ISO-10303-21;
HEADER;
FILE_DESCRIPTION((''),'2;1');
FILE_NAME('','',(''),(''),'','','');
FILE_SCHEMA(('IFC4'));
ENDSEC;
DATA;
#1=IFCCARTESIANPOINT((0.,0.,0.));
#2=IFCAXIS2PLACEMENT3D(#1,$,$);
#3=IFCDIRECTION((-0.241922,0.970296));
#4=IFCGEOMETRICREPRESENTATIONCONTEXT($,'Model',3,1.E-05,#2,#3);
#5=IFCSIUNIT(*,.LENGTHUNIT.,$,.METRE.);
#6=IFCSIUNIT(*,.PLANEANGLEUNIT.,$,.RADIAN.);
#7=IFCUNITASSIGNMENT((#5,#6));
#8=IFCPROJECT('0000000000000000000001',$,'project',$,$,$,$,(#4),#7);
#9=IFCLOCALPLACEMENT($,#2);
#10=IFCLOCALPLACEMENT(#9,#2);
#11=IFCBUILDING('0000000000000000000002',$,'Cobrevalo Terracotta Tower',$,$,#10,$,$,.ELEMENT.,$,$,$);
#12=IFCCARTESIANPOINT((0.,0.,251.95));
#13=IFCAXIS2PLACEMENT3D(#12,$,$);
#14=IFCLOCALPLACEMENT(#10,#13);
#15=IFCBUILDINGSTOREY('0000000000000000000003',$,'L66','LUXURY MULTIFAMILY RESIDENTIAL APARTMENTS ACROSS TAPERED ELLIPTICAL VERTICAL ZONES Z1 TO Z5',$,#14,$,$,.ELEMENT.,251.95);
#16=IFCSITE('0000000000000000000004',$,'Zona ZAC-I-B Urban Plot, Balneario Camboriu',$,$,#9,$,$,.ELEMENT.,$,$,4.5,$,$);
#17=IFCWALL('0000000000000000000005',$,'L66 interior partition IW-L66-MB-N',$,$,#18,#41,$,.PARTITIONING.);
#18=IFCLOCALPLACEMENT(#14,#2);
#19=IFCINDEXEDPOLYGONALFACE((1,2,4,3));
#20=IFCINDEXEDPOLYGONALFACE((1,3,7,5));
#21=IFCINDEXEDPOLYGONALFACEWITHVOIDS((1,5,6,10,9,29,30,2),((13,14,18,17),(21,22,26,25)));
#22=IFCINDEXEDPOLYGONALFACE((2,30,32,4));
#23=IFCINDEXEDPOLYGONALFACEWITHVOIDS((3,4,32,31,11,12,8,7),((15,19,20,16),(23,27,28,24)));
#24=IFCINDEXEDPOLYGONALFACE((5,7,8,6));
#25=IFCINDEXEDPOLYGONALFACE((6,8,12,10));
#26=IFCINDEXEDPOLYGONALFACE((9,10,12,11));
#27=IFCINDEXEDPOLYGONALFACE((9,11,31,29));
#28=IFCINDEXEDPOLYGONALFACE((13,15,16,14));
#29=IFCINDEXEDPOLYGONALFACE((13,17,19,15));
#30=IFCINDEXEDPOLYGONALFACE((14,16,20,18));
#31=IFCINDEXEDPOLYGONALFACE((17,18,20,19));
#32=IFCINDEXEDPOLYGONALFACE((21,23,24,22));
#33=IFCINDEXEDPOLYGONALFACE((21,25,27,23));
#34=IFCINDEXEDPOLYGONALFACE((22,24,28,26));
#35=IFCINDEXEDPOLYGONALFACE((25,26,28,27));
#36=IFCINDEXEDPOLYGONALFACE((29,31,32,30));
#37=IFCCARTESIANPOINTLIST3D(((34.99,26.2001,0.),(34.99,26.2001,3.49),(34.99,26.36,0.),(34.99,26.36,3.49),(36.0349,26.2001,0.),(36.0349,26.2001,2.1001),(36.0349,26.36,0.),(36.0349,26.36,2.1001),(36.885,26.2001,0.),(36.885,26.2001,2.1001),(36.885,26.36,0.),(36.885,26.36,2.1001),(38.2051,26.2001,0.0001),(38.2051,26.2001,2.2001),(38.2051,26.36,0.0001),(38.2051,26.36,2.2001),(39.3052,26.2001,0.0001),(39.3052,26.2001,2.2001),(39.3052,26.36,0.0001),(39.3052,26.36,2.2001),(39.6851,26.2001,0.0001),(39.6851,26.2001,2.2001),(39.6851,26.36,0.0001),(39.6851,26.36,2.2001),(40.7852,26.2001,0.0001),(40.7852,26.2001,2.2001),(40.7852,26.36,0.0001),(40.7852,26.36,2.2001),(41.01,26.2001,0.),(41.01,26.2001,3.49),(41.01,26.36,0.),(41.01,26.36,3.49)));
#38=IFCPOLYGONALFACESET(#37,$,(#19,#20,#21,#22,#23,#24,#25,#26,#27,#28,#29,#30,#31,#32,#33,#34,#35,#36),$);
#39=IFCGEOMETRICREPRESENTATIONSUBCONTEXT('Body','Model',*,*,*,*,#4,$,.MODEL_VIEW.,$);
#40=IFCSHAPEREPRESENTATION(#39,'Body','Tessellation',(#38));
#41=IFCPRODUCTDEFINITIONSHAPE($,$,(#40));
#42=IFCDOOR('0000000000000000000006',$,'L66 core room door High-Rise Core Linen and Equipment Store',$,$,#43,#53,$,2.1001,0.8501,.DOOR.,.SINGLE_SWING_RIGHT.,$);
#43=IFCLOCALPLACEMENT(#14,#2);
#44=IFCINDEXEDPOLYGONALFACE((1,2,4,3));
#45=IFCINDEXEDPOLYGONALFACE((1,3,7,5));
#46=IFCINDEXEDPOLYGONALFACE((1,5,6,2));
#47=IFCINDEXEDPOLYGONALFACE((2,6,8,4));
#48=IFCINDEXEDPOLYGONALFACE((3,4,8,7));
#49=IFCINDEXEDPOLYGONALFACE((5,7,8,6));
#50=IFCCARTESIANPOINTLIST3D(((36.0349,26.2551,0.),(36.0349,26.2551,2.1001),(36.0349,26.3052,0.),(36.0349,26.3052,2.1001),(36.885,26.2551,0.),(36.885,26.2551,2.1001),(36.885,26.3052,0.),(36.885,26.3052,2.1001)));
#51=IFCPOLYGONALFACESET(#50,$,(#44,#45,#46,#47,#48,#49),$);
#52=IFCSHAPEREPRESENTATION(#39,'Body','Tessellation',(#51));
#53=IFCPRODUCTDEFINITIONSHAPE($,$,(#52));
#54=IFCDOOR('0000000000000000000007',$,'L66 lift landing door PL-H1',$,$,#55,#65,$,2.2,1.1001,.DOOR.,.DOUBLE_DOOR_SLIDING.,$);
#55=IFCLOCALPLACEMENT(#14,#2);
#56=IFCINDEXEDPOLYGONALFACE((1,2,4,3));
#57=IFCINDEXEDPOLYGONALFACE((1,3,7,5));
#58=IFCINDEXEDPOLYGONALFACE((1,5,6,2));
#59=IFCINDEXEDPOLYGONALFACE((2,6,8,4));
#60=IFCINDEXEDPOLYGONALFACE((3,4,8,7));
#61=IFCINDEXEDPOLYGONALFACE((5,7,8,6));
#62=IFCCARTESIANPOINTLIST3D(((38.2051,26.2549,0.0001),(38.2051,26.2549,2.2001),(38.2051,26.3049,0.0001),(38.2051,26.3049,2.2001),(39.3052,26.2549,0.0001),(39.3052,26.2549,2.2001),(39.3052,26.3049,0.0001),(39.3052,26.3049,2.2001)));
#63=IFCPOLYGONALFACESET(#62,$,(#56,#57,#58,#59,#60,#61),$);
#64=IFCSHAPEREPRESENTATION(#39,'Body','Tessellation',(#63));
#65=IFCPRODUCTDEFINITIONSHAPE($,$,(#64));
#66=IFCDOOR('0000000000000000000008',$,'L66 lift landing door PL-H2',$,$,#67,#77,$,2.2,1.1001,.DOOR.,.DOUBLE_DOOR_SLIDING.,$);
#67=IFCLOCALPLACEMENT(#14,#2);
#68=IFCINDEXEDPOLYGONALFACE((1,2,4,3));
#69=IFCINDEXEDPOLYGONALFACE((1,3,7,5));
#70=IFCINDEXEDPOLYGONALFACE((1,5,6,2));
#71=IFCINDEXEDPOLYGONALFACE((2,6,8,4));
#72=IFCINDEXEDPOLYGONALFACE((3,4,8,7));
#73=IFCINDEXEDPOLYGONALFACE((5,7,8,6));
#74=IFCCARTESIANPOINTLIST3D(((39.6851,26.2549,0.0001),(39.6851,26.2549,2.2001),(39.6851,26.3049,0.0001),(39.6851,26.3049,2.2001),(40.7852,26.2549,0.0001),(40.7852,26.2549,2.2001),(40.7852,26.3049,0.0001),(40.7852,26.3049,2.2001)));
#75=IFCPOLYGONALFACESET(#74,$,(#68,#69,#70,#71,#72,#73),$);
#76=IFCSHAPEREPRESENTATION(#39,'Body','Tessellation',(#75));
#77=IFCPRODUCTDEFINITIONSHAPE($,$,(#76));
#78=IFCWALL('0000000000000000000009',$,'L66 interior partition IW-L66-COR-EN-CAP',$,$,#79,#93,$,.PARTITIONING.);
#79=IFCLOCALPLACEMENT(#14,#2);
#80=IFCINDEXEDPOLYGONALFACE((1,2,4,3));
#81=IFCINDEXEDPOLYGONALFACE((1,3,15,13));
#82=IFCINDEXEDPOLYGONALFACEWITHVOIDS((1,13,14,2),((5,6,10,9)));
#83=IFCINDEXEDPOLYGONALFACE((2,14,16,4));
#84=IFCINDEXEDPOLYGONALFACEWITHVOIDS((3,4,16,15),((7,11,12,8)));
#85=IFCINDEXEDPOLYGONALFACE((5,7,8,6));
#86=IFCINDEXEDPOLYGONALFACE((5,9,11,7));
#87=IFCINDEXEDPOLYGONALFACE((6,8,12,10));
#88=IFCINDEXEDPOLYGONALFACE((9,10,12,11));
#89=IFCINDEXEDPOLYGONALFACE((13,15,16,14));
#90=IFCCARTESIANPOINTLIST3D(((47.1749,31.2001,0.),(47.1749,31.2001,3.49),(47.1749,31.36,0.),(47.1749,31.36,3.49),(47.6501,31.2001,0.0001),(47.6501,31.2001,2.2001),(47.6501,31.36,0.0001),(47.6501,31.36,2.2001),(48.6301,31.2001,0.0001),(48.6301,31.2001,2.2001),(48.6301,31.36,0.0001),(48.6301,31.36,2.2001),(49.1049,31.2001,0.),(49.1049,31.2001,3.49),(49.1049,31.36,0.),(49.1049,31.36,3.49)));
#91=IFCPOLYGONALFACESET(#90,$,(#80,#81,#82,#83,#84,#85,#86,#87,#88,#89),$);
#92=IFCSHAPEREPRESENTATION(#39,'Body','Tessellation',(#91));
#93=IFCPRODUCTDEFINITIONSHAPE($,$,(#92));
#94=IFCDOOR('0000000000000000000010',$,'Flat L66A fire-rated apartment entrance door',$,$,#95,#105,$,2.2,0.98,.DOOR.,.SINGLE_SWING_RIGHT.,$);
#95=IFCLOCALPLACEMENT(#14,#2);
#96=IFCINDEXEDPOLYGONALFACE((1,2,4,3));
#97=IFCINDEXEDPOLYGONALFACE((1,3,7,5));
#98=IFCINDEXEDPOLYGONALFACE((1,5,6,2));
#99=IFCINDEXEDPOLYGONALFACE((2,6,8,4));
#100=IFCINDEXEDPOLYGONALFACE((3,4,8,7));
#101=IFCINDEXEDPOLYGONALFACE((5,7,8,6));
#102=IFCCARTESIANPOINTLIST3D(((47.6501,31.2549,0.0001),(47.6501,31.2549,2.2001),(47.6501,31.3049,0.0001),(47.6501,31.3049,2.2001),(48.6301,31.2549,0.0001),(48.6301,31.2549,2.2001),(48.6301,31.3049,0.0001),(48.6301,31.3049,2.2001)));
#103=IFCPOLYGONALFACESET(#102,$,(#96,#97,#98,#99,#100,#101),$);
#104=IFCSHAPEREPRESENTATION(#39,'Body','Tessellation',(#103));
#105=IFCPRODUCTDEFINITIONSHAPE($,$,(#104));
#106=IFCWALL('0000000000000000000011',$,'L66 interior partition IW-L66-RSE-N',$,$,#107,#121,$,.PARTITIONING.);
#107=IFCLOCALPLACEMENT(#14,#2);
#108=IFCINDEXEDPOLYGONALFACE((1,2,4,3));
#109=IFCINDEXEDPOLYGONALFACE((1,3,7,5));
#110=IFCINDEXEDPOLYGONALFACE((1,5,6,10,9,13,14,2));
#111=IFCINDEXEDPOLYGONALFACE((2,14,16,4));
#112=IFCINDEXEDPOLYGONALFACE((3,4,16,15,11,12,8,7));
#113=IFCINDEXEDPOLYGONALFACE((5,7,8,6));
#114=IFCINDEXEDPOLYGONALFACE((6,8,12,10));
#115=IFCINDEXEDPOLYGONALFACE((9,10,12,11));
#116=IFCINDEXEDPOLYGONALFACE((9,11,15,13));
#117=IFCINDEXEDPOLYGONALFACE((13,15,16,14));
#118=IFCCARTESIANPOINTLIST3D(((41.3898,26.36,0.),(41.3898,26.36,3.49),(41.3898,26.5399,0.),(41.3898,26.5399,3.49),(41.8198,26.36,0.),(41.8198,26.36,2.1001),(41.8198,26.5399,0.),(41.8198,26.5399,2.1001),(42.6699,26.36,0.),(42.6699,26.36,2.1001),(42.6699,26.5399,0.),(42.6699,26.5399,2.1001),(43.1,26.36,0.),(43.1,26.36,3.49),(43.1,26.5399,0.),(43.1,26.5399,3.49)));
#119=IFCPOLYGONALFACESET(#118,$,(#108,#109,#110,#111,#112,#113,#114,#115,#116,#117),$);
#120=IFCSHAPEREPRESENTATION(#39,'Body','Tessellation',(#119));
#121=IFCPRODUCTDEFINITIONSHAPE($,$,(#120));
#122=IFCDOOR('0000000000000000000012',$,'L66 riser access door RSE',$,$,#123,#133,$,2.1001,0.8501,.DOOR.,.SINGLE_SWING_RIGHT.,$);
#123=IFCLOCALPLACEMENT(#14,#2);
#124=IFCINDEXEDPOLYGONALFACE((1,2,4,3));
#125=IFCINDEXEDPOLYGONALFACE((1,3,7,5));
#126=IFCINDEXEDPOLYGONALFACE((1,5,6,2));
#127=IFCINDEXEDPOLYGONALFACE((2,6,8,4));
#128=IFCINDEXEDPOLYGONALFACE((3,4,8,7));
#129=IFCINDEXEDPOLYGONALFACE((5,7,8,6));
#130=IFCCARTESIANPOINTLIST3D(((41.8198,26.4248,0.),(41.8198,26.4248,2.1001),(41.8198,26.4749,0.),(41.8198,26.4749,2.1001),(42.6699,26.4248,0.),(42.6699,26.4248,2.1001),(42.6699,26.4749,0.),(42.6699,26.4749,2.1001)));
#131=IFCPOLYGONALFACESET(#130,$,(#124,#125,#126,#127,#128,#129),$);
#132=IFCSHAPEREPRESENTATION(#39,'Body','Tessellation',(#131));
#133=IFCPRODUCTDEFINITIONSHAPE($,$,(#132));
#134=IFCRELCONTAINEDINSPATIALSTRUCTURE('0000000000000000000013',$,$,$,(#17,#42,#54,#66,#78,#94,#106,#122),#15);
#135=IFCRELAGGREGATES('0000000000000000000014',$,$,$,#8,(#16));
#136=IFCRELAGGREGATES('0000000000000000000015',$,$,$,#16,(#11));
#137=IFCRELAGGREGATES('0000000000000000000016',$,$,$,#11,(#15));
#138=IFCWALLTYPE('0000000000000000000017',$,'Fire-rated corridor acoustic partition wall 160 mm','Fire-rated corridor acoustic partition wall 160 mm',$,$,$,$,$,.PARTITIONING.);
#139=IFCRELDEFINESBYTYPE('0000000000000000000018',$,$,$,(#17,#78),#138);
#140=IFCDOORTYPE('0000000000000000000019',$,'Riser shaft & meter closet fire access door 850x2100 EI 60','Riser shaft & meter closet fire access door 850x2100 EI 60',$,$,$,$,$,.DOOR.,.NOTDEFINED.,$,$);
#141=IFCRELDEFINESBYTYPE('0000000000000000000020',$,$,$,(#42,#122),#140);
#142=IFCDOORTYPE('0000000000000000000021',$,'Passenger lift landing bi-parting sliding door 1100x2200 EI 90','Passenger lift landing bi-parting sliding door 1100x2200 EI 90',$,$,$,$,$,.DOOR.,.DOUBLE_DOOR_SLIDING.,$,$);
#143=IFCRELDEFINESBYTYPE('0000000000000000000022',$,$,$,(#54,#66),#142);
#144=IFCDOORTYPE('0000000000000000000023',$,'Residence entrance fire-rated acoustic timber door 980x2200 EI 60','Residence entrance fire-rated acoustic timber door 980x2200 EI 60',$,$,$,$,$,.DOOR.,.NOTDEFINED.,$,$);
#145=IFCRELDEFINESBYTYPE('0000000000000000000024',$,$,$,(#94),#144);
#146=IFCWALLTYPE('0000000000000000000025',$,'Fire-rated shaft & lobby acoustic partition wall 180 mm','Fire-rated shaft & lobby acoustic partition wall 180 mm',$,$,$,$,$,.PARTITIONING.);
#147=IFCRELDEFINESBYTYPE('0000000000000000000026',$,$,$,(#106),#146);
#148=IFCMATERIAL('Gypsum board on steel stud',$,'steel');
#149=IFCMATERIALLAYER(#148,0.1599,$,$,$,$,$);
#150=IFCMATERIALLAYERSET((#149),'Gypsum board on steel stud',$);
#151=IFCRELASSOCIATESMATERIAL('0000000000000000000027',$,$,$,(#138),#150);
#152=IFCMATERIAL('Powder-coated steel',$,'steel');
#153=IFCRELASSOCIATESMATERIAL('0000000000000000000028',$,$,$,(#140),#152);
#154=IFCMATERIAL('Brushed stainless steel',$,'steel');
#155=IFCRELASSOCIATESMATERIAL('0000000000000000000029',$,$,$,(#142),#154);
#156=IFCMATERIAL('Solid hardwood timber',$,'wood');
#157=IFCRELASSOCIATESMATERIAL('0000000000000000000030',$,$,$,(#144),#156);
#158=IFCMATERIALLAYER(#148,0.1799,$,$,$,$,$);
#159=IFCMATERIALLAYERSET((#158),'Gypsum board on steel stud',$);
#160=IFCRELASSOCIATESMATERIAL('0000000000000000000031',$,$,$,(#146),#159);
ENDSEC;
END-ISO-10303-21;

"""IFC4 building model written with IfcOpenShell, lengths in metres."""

from ifc_helpers import new_model, si_unit, direction, frame, frame_2d, origin, place, context, subcontext, project, spatial, rectangle, extrude, source, transform, mapped, material, layer, layer_set, type_object, element, fill, save


model = new_model("IFC4")

# Units and contexts
model_context = context("Model", 3, precision=1e-05, world=origin(), true_north=direction((-0.241922, 0.970296)))
body_context = subcontext(model_context, "Body", "Model", "MODEL_VIEW")
ifc_project = project(units=[si_unit("LENGTHUNIT", "METRE"), si_unit("PLANEANGLEUNIT", "RADIAN")], contexts=[model_context])

# Site, building, storey
site_placement = place(None, origin())
site = spatial("IfcSite", under=ifc_project, at=site_placement, Name="Zona ZAC-I-B Urban Plot, Balneario Camboriu", CompositionType="ELEMENT", RefElevation=4.5)
building_placement = place(site_placement, origin())
building = spatial("IfcBuilding", under=site, at=building_placement, Name="Cobrevalo Terracotta Tower", CompositionType="ELEMENT")
storey_placement = place(building_placement, frame((0.0, 0.0, 251.95)))
storey = spatial("IfcBuildingStorey", under=building, at=storey_placement, Name="L66", Description="LUXURY MULTIFAMILY RESIDENTIAL APARTMENTS ACROSS TAPERED ELLIPTICAL VERTICAL ZONES Z1 TO Z5", CompositionType="ELEMENT", Elevation=251.95)

# Shared definitions
ifc_material_1 = material(Name="Gypsum board on steel stud", Category="steel")
ifc_layer_1 = layer(ifc_material_1, 0.1599)
ifc_layer_set_1 = layer_set([ifc_layer_1], Name="Gypsum board on steel stud")
wall_type_1 = type_object("IfcWallType", Name="Fire-rated corridor acoustic partition wall 160 mm", Description="Fire-rated corridor acoustic partition wall 160 mm", PredefinedType="PARTITIONING", material=ifc_layer_set_1)

# Wall, openings, doors
ifc_material_2 = material(Name="Powder-coated steel", Category="steel")
door_type_1 = type_object("IfcDoorType", Name="Riser shaft & meter closet fire access door 850x2100 EI 60", Description="Riser shaft & meter closet fire access door 850x2100 EI 60", OperationType="NOTDEFINED", PredefinedType="DOOR", material=ifc_material_2)
shared_shape_1 = source(origin(), body_context, "Body", "SweptSolid", [
    extrude(rectangle(XDim=0.8501, YDim=2.1001, at=frame_2d((0.425, 1.05))), frame((0.0, 0.0249, 0.0), z_axis=(0.0, -1.0, 0.0), x_axis=(1.0, 0.0, 0.0)), (0.0, 0.0, 1.0), 0.05),
])
wall_1_placement = place(storey_placement, frame((34.99, 26.28, 0.0), z_axis=(0.0, 0.0, 1.0), x_axis=(1.0, 0.0, 0.0)))
wall_1 = element("IfcWall", 1, at=wall_1_placement, inside=storey, type_object=wall_type_1, Name="L66 interior partition IW-L66-MB-N", PredefinedType="PARTITIONING", context=body_context, shape_type="SweptSolid", body=[
    extrude(rectangle(XDim=6.02, YDim=0.1599, at=frame_2d((3.01, 0.0))), origin(), (0.0, 0.0, 1.0), 3.49),
])
opening_1_placement = place(wall_1_placement, frame((1.0449, 0.0, 0.0)))
opening_1 = element("IfcOpeningElement", 2, at=opening_1_placement, cuts=wall_1, PredefinedType="OPENING", context=body_context, shape_type="SweptSolid", body=[
    extrude(rectangle(XDim=0.8501, YDim=2.1001, at=frame_2d((0.425, 1.05))), frame((0.0, 0.0898, 0.0), z_axis=(0.0, -1.0, 0.0), x_axis=(1.0, 0.0, 0.0)), (0.0, 0.0, 1.0), 0.1799),
])
opening_2_placement = place(wall_1_placement, frame((3.2151, 0.0, 0.0)))
opening_2 = element("IfcOpeningElement", 3, at=opening_2_placement, cuts=wall_1, PredefinedType="OPENING", context=body_context, shape_type="SweptSolid", body=[
    extrude(rectangle(XDim=1.1001, YDim=2.2, at=frame_2d((0.55, 1.1001))), frame((0.0, 0.0898, 0.0), z_axis=(0.0, -1.0, 0.0), x_axis=(1.0, 0.0, 0.0)), (0.0, 0.0, 1.0), 0.1799),
])
opening_3_placement = place(wall_1_placement, frame((4.6951, 0.0, 0.0)))
opening_3 = element("IfcOpeningElement", 4, at=opening_3_placement, cuts=wall_1, PredefinedType="OPENING", context=body_context, shape_type="SweptSolid", body=[
    extrude(rectangle(XDim=1.1001, YDim=2.2, at=frame_2d((0.55, 1.1001))), frame((0.0, 0.0898, 0.0), z_axis=(0.0, -1.0, 0.0), x_axis=(1.0, 0.0, 0.0)), (0.0, 0.0, 1.0), 0.1799),
])
door_1_placement = place(opening_1_placement, frame((0.8501, 0.0, 0.0), z_axis=(0.0, 0.0, 1.0), x_axis=(-1.0, 0.0, 0.0)))
door_1 = element("IfcDoor", 5, at=door_1_placement, inside=storey, type_object=door_type_1, Name="L66 core room door High-Rise Core Linen and Equipment Store", OperationType="SINGLE_SWING_RIGHT", OverallHeight=2.1001, OverallWidth=0.8501, PredefinedType="DOOR", context=body_context, shape_type="MappedRepresentation", body=[
    mapped(shared_shape_1, transform((0.0, 0.0, 0.0), scale=1.0)),
])
fill(opening_1, door_1)
ifc_material_3 = material(Name="Brushed stainless steel", Category="steel")
door_type_2 = type_object("IfcDoorType", Name="Passenger lift landing bi-parting sliding door 1100x2200 EI 90", Description="Passenger lift landing bi-parting sliding door 1100x2200 EI 90", OperationType="DOUBLE_DOOR_SLIDING", PredefinedType="DOOR", material=ifc_material_3)
shared_shape_2 = source(origin(), body_context, "Body", "SweptSolid", [
    extrude(rectangle(XDim=1.1001, YDim=2.2, at=frame_2d((0.55, 1.1001))), frame((0.0, 0.0249, 0.0), z_axis=(0.0, -1.0, 0.0), x_axis=(1.0, 0.0, 0.0)), (0.0, 0.0, 1.0), 0.05),
])
door_2_placement = place(opening_2_placement, origin())
door_2 = element("IfcDoor", 6, at=door_2_placement, inside=storey, type_object=door_type_2, Name="L66 lift landing door PL-H1", OperationType="DOUBLE_DOOR_SLIDING", OverallHeight=2.2, OverallWidth=1.1001, PredefinedType="DOOR", context=body_context, shape_type="MappedRepresentation", body=[
    mapped(shared_shape_2, transform((0.0, 0.0, 0.0), scale=1.0)),
])
fill(opening_2, door_2)
door_3_placement = place(opening_3_placement, origin())
door_3 = element("IfcDoor", 7, at=door_3_placement, inside=storey, type_object=door_type_2, Name="L66 lift landing door PL-H2", OperationType="DOUBLE_DOOR_SLIDING", OverallHeight=2.2, OverallWidth=1.1001, PredefinedType="DOOR", context=body_context, shape_type="MappedRepresentation", body=[
    mapped(shared_shape_2, transform((0.0, 0.0, 0.0), scale=1.0)),
])
fill(opening_3, door_3)

# Walls, openings, doors
wall_2_placement = place(storey_placement, frame((47.175, 31.28, 0.0), z_axis=(0.0, 0.0, 1.0), x_axis=(1.0, 0.0, 0.0)))
wall_2 = element("IfcWall", 8, at=wall_2_placement, inside=storey, type_object=wall_type_1, Name="L66 interior partition IW-L66-COR-EN-CAP", PredefinedType="PARTITIONING", context=body_context, shape_type="SweptSolid", body=[
    extrude(rectangle(XDim=1.9299, YDim=0.1599, at=frame_2d((0.9648, 0.0))), origin(), (0.0, 0.0, 1.0), 3.49),
])
opening_4_placement = place(wall_2_placement, frame((0.4751, 0.0, 0.0)))
opening_4 = element("IfcOpeningElement", 9, at=opening_4_placement, cuts=wall_2, PredefinedType="OPENING", context=body_context, shape_type="SweptSolid", body=[
    extrude(rectangle(XDim=0.98, YDim=2.2, at=frame_2d((0.49, 1.1001))), frame((0.0, 0.0898, 0.0), z_axis=(0.0, -1.0, 0.0), x_axis=(1.0, 0.0, 0.0)), (0.0, 0.0, 1.0), 0.1799),
])
ifc_material_4 = material(Name="Solid hardwood timber", Category="wood")
door_type_3 = type_object("IfcDoorType", Name="Residence entrance fire-rated acoustic timber door 980x2200 EI 60", Description="Residence entrance fire-rated acoustic timber door 980x2200 EI 60", OperationType="NOTDEFINED", PredefinedType="DOOR", material=ifc_material_4)
shared_shape_3 = source(origin(), body_context, "Body", "SweptSolid", [
    extrude(rectangle(XDim=0.98, YDim=2.2, at=frame_2d((0.49, 1.1001))), frame((0.0, 0.0249, 0.0), z_axis=(0.0, -1.0, 0.0), x_axis=(1.0, 0.0, 0.0)), (0.0, 0.0, 1.0), 0.05),
])
door_4_placement = place(opening_4_placement, origin())
door_4 = element("IfcDoor", 10, at=door_4_placement, inside=storey, type_object=door_type_3, Name="Flat L66A fire-rated apartment entrance door", OperationType="SINGLE_SWING_RIGHT", OverallHeight=2.2, OverallWidth=0.98, PredefinedType="DOOR", context=body_context, shape_type="MappedRepresentation", body=[
    mapped(shared_shape_3, transform((0.0, 0.0, 0.0), scale=1.0)),
])
fill(opening_4, door_4)
ifc_layer_2 = layer(ifc_material_1, 0.1799)
ifc_layer_set_2 = layer_set([ifc_layer_2], Name="Gypsum board on steel stud")
wall_type_2 = type_object("IfcWallType", Name="Fire-rated shaft & lobby acoustic partition wall 180 mm", Description="Fire-rated shaft & lobby acoustic partition wall 180 mm", PredefinedType="PARTITIONING", material=ifc_layer_set_2)
wall_3_placement = place(storey_placement, frame((41.3899, 26.45, 0.0), z_axis=(0.0, 0.0, 1.0), x_axis=(1.0, 0.0, 0.0)))
wall_3 = element("IfcWall", 11, at=wall_3_placement, inside=storey, type_object=wall_type_2, Name="L66 interior partition IW-L66-RSE-N", PredefinedType="PARTITIONING", context=body_context, shape_type="SweptSolid", body=[
    extrude(rectangle(XDim=1.7102, YDim=0.1799, at=frame_2d((0.855, 0.0))), origin(), (0.0, 0.0, 1.0), 3.49),
])
opening_5_placement = place(wall_3_placement, frame((0.4299, 0.0, 0.0)))
opening_5 = element("IfcOpeningElement", 12, at=opening_5_placement, cuts=wall_3, PredefinedType="OPENING", context=body_context, shape_type="SweptSolid", body=[
    extrude(rectangle(XDim=0.8501, YDim=2.1001, at=frame_2d((0.425, 1.05))), frame((0.0, 0.1001, 0.0), z_axis=(0.0, -1.0, 0.0), x_axis=(1.0, 0.0, 0.0)), (0.0, 0.0, 1.0), 0.2),
])
door_5_placement = place(opening_5_placement, origin())
door_5 = element("IfcDoor", 13, at=door_5_placement, inside=storey, type_object=door_type_1, Name="L66 riser access door RSE", OperationType="SINGLE_SWING_RIGHT", OverallHeight=2.1001, OverallWidth=0.8501, PredefinedType="DOOR", context=body_context, shape_type="MappedRepresentation", body=[
    mapped(shared_shape_1, transform((0.0, 0.0, 0.0), scale=1.0)),
])
fill(opening_5, door_5)

save(model, "model.ifc")
